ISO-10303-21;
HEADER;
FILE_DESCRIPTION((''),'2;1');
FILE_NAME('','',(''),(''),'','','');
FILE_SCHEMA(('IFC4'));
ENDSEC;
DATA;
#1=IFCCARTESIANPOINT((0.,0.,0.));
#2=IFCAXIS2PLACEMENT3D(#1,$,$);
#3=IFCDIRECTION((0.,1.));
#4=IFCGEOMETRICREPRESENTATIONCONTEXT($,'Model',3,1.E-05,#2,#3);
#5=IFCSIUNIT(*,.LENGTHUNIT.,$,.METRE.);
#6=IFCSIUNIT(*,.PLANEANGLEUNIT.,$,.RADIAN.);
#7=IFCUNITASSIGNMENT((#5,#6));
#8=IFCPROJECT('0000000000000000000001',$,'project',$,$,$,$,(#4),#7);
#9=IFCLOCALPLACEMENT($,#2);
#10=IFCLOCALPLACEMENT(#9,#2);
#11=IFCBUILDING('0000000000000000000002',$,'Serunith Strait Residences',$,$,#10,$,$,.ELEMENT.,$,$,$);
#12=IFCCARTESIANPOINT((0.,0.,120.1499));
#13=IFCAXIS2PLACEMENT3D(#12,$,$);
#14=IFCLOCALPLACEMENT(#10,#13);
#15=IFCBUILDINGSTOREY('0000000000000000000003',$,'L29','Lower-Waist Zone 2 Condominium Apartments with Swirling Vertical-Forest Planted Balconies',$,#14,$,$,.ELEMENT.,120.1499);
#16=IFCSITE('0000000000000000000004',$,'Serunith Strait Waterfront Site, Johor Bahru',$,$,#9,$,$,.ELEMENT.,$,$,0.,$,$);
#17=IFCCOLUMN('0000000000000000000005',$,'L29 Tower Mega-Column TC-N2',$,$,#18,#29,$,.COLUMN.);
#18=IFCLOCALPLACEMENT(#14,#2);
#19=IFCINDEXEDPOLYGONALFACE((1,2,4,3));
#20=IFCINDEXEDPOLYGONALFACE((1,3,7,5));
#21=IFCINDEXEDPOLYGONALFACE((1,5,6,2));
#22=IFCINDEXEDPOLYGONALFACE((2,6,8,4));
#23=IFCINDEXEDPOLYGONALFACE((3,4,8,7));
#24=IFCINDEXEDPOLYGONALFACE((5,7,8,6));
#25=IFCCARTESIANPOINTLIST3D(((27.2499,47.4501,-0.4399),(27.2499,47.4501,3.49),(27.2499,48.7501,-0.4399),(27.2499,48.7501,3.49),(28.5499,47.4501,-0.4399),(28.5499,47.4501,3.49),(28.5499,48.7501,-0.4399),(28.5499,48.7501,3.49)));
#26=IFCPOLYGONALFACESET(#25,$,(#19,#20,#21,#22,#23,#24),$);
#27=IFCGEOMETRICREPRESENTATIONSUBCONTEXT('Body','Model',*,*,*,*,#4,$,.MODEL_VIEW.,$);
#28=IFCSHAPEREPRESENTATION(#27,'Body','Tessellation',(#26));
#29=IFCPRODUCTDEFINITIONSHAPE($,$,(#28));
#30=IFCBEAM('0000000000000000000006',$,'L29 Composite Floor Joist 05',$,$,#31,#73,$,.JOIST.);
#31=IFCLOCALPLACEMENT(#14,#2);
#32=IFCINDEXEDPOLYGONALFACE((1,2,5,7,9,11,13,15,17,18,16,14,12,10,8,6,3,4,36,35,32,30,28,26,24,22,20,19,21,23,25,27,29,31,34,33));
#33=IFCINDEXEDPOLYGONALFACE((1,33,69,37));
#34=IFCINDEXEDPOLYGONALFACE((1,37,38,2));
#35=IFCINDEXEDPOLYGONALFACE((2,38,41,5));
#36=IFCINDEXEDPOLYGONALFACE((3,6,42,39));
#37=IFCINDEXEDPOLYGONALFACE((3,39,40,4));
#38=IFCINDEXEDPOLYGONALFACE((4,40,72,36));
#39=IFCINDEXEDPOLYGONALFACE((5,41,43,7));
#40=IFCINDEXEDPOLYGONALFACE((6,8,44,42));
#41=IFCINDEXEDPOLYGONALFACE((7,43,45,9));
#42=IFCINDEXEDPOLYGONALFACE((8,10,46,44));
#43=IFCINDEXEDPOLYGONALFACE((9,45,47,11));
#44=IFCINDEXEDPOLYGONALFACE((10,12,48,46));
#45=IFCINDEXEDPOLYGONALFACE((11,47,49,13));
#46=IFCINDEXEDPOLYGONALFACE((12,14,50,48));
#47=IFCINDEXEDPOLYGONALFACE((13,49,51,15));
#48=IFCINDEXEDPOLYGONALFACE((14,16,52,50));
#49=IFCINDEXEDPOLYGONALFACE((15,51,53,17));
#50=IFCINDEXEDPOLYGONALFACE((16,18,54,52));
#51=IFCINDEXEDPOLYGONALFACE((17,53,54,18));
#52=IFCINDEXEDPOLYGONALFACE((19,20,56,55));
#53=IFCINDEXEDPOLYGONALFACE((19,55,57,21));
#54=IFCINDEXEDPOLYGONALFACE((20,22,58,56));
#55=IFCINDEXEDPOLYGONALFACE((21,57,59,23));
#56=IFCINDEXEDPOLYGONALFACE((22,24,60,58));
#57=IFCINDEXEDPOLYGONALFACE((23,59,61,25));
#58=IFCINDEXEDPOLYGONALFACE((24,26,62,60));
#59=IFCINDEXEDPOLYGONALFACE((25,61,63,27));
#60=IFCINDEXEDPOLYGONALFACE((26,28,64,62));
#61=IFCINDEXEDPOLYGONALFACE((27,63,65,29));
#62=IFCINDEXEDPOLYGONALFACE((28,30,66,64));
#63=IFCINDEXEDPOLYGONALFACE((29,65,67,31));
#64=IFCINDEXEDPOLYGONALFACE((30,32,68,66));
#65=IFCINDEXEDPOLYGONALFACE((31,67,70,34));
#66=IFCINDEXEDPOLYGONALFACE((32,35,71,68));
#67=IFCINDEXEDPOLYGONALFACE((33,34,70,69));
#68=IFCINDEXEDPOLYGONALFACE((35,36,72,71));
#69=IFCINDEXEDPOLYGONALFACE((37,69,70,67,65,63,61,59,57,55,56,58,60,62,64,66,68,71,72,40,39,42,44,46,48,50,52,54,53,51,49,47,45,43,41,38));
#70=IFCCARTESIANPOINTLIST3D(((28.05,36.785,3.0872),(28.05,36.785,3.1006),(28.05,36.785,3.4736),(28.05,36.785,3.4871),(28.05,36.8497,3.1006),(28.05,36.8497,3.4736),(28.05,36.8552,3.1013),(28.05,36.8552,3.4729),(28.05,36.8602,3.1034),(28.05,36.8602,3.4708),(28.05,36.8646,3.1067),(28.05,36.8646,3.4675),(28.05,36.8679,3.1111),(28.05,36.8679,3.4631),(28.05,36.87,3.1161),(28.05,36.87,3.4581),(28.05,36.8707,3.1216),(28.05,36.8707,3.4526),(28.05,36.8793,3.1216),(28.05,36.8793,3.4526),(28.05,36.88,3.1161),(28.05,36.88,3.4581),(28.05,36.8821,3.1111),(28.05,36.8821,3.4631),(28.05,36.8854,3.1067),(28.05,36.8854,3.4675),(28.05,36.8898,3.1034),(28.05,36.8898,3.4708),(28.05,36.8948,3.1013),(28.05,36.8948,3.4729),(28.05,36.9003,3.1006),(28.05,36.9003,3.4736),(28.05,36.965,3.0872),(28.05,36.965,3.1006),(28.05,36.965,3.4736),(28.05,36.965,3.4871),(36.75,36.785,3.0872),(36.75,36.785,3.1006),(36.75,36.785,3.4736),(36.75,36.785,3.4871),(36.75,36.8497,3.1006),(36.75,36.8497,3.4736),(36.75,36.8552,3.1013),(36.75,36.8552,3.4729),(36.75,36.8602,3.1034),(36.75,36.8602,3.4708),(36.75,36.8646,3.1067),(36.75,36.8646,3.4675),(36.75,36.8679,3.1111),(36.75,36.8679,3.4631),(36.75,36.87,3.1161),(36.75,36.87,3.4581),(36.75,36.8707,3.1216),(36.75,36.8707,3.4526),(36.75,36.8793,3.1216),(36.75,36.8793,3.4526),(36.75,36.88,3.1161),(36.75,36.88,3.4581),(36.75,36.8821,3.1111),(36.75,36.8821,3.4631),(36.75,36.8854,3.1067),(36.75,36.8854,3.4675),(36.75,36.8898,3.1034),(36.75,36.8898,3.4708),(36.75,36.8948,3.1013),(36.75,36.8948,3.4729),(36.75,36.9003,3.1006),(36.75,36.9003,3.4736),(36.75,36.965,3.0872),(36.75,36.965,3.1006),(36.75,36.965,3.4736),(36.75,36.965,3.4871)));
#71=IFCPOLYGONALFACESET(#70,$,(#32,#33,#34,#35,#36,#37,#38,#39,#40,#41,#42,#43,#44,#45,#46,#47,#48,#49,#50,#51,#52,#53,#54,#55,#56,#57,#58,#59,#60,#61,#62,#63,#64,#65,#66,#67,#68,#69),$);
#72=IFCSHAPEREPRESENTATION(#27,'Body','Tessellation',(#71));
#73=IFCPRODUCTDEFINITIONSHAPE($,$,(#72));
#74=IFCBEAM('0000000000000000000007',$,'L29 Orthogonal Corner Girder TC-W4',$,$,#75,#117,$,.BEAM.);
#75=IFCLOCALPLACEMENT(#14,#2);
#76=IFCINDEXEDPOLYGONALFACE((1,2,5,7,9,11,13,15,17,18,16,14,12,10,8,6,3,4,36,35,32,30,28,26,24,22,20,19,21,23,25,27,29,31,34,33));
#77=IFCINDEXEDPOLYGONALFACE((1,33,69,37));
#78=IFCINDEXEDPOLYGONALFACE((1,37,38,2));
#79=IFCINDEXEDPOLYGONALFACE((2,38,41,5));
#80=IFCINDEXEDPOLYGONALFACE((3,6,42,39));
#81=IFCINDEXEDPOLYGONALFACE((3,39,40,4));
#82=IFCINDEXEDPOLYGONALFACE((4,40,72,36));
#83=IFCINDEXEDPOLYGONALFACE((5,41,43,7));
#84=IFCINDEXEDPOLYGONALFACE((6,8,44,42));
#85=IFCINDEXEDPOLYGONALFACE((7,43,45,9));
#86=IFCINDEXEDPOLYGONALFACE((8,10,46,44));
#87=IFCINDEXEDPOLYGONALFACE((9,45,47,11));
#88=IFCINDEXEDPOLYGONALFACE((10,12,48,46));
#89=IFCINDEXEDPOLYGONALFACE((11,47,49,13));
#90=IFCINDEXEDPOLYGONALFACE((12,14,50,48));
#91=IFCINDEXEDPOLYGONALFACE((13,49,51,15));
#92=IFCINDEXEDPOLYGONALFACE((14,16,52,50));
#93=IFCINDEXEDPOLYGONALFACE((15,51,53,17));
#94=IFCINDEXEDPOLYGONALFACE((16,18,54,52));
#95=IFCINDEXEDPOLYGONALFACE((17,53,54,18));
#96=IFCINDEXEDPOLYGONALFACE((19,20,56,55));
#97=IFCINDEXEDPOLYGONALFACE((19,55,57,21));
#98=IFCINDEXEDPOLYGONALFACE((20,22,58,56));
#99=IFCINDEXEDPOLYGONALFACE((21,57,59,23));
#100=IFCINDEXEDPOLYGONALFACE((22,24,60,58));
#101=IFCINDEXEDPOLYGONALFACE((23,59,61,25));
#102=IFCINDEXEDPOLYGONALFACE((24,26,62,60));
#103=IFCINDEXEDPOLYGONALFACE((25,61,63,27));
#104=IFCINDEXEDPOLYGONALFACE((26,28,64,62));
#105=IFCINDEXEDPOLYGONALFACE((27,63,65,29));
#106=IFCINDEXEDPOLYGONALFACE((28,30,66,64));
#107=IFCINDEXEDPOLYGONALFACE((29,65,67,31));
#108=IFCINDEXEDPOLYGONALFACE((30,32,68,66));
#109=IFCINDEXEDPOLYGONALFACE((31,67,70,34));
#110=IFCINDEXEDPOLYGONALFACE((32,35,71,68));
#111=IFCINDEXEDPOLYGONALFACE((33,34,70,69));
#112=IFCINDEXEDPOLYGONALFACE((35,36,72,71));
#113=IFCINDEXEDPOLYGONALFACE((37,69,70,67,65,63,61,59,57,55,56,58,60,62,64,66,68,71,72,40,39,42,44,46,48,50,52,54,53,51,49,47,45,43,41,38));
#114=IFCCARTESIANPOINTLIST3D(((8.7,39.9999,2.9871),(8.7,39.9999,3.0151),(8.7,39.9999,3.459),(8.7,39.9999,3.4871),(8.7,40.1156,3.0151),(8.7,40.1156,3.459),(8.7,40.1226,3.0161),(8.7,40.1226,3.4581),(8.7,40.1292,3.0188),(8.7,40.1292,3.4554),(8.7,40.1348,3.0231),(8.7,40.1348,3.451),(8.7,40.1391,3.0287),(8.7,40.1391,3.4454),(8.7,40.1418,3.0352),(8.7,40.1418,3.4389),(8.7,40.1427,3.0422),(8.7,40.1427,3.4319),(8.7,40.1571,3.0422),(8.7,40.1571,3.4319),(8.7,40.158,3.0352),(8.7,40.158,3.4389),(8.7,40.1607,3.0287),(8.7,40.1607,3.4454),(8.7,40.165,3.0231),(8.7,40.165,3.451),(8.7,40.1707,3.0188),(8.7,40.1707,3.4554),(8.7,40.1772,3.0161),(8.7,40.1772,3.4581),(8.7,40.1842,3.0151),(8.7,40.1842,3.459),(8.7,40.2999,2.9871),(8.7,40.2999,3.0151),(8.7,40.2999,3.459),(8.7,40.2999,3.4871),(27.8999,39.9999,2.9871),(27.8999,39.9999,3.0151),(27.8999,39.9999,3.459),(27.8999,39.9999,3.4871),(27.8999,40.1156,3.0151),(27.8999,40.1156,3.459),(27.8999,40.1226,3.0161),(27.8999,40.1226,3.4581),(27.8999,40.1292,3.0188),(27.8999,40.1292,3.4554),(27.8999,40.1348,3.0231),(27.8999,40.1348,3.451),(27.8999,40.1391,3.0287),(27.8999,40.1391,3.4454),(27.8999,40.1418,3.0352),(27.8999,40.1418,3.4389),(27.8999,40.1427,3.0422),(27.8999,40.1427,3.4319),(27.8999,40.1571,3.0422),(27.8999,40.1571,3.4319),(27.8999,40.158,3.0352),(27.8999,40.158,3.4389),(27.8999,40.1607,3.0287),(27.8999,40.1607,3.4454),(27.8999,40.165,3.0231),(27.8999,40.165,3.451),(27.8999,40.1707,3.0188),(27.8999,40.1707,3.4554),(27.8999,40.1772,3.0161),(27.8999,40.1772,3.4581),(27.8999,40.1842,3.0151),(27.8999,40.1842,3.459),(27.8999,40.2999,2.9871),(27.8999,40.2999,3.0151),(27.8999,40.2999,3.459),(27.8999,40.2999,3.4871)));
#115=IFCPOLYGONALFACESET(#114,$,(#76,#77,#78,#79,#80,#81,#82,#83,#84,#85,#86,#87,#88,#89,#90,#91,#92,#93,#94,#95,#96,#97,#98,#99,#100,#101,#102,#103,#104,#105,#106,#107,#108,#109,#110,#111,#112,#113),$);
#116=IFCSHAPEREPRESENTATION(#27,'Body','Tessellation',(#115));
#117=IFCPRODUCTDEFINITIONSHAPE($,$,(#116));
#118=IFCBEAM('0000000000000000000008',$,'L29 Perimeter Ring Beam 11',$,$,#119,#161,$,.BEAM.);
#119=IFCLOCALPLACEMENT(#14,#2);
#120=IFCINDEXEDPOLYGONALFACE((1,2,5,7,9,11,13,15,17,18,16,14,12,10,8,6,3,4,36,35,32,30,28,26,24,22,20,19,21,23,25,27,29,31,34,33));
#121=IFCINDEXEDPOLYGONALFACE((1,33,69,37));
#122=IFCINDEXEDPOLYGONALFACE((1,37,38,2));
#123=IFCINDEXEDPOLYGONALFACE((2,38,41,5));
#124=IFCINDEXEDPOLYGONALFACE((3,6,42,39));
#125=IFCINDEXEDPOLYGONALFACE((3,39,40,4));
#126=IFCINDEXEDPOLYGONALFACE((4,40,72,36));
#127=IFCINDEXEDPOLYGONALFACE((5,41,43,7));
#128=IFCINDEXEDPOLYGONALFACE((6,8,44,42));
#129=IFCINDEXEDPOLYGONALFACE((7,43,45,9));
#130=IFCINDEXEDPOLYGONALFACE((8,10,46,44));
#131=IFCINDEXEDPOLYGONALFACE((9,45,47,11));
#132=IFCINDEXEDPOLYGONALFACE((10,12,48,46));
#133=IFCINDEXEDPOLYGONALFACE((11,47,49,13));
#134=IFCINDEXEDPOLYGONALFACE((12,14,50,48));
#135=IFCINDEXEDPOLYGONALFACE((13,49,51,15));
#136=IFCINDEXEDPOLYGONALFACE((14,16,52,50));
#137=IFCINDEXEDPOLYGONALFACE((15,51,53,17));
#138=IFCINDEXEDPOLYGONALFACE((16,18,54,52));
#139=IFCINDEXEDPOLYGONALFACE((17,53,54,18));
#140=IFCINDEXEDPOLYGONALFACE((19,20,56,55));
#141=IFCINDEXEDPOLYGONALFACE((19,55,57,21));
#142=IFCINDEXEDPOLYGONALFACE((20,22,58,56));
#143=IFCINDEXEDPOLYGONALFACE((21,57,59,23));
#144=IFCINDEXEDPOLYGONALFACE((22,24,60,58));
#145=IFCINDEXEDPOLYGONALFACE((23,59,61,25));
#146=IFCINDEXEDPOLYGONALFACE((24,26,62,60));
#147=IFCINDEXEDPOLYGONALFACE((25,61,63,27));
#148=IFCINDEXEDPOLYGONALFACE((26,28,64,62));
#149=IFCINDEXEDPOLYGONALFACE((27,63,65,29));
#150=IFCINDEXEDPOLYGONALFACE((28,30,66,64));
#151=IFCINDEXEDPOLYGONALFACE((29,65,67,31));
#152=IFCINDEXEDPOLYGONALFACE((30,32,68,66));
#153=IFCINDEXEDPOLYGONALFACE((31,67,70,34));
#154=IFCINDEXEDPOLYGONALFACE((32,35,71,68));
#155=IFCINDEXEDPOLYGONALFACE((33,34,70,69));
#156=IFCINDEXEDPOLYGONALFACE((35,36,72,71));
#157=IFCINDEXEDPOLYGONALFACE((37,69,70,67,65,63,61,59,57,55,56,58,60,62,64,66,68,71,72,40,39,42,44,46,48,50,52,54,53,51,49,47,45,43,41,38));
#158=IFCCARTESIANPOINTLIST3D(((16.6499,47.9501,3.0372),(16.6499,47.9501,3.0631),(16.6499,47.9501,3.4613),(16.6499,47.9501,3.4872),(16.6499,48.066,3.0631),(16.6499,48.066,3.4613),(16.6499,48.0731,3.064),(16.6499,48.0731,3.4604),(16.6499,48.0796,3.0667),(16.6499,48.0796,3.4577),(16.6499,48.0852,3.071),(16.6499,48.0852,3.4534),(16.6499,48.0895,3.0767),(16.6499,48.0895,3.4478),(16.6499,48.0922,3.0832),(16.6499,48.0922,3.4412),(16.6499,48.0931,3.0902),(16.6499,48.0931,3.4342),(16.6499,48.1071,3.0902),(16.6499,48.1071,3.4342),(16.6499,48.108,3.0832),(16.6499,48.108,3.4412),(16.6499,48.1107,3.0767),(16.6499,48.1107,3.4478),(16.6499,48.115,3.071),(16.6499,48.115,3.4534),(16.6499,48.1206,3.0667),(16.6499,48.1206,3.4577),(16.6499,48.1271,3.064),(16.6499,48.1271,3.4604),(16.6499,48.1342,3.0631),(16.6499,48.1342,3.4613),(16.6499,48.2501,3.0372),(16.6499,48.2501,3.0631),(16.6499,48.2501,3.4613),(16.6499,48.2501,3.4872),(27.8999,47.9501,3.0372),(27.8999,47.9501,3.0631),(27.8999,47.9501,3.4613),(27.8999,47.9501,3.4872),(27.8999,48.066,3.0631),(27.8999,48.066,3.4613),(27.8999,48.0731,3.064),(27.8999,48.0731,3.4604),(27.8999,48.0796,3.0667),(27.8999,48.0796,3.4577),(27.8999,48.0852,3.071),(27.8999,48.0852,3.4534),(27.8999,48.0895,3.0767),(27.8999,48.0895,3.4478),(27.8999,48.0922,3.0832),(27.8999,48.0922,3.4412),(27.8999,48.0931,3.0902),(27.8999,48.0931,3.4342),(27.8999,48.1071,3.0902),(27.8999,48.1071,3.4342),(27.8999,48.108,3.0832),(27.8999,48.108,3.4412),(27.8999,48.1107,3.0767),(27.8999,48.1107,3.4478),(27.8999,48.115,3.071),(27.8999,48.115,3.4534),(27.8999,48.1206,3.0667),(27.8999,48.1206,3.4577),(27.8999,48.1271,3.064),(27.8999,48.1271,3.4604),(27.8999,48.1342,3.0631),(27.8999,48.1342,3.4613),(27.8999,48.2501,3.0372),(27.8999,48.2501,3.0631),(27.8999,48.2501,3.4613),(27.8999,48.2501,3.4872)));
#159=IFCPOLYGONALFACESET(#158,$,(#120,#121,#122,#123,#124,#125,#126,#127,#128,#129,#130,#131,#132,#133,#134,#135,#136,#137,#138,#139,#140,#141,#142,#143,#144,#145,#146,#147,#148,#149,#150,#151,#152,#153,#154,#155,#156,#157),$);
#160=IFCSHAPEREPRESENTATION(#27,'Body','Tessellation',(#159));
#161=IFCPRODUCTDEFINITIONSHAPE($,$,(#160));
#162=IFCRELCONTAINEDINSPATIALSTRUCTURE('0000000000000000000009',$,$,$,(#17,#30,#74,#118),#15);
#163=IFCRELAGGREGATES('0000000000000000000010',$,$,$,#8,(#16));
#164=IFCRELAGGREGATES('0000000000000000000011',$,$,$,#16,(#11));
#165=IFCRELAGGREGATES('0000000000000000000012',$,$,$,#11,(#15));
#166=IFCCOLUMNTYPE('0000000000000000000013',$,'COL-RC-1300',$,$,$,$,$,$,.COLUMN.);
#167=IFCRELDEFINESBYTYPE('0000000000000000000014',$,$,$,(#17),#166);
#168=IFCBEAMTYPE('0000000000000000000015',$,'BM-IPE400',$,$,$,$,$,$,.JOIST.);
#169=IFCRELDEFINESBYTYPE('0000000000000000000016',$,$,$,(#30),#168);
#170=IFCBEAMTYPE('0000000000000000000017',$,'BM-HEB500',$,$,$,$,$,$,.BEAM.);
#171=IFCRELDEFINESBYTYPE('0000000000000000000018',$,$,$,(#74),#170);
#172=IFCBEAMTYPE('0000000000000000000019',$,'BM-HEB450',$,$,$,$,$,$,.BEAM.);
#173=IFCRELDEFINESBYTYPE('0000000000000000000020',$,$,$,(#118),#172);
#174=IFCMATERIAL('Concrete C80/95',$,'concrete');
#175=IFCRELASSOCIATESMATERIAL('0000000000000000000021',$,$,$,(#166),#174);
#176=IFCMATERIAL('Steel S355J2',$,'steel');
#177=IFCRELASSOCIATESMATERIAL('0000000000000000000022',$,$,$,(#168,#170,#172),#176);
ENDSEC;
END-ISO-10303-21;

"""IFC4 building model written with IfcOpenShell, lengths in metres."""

from ifc_helpers import new_model, si_unit, direction, frame, origin, origin_2d, place, context, subcontext, project, spatial, rectangle, i_section, extrude, source, transform, mapped, material, material_profile, profile_set, type_object, element, save


model = new_model("IFC4")

# Units and contexts
model_context = context("Model", 3, precision=1e-05, world=origin(), true_north=direction((0.0, 1.0)))
body_context = subcontext(model_context, "Body", "Model", "MODEL_VIEW")
ifc_project = project(units=[si_unit("LENGTHUNIT", "METRE"), si_unit("PLANEANGLEUNIT", "RADIAN")], contexts=[model_context])

# Site, building, storey
site_placement = place(None, origin())
site = spatial("IfcSite", under=ifc_project, at=site_placement, Name="Serunith Strait Waterfront Site, Johor Bahru", CompositionType="ELEMENT", RefElevation=0.0)
building_placement = place(site_placement, origin())
building = spatial("IfcBuilding", under=site, at=building_placement, Name="Serunith Strait Residences", CompositionType="ELEMENT")
storey_placement = place(building_placement, frame((0.0, 0.0, 120.1499)))
storey = spatial("IfcBuildingStorey", under=building, at=storey_placement, Name="L29", Description="Lower-Waist Zone 2 Condominium Apartments with Swirling Vertical-Forest Planted Balconies", CompositionType="ELEMENT", Elevation=120.1499)

# Column
ifc_material_1 = material(Name="Concrete C80/95", Category="concrete")
ifc_material_profile_1 = material_profile(ifc_material_1, rectangle(XDim=1.3, YDim=1.3, at=origin_2d()), Name="RC 1300x1300")
ifc_profile_set_1 = profile_set([ifc_material_profile_1], Name="Concrete C80/95")
column_type = type_object("IfcColumnType", Name="COL-RC-1300", PredefinedType="COLUMN", material=ifc_profile_set_1)
shared_shape_1 = source(origin(), body_context, "Body", "SweptSolid", [
    extrude(rectangle(XDim=1.3, YDim=1.3, at=origin_2d()), origin(), (0.0, 0.0, 1.0), 3.9299),
])
column_placement = place(storey_placement, frame((27.8999, 48.1001, -0.4399), z_axis=(0.0, 0.0, 1.0), x_axis=(1.0, 0.0, 0.0)))
element("IfcColumn", 1, at=column_placement, inside=storey, type_object=column_type, Name="L29 Tower Mega-Column TC-N2", PredefinedType="COLUMN", context=body_context, shape_type="MappedRepresentation", body=[
    mapped(shared_shape_1, transform((0.0, 0.0, 0.0), scale=1.0)),
])

# Beams
ifc_material_2 = material(Name="Steel S355J2", Category="steel")
ifc_material_profile_2 = material_profile(ifc_material_2, i_section(OverallWidth=0.1799, OverallDepth=0.3999, WebThickness=0.0085, FlangeThickness=0.0134, FilletRadius=0.021, at=origin_2d()), Name="IPE 400")
ifc_profile_set_2 = profile_set([ifc_material_profile_2], Name="Steel S355J2")
beam_type_1 = type_object("IfcBeamType", Name="BM-IPE400", PredefinedType="JOIST", material=ifc_profile_set_2)
shared_shape_2 = source(origin(), body_context, "Body", "SweptSolid", [
    extrude(i_section(OverallWidth=0.1799, OverallDepth=0.3999, WebThickness=0.0085, FlangeThickness=0.0134, FilletRadius=0.021, at=origin_2d()), origin(), (0.0, 0.0, 1.0), 8.7),
])
beam_1_placement = place(storey_placement, frame((28.05, 36.875, 3.2871), z_axis=(1.0, 0.0, 0.0), x_axis=(0.0, 1.0, 0.0)))
element("IfcBeam", 2, at=beam_1_placement, inside=storey, type_object=beam_type_1, Name="L29 Composite Floor Joist 05", PredefinedType="JOIST", context=body_context, shape_type="MappedRepresentation", body=[
    mapped(shared_shape_2, transform((0.0, 0.0, 0.0), scale=1.0)),
])
ifc_material_profile_3 = material_profile(ifc_material_2, i_section(OverallWidth=0.3, OverallDepth=0.5, WebThickness=0.0144, FlangeThickness=0.0281, FilletRadius=0.0271, at=origin_2d()), Name="HEB 500")
ifc_profile_set_3 = profile_set([ifc_material_profile_3], Name="Steel S355J2")
beam_type_2 = type_object("IfcBeamType", Name="BM-HEB500", PredefinedType="BEAM", material=ifc_profile_set_3)
shared_shape_3 = source(origin(), body_context, "Body", "SweptSolid", [
    extrude(i_section(OverallWidth=0.3, OverallDepth=0.5, WebThickness=0.0144, FlangeThickness=0.0281, FilletRadius=0.0271, at=origin_2d()), origin(), (0.0, 0.0, 1.0), 19.2),
])
beam_2_placement = place(storey_placement, frame((27.8999, 40.1499, 3.2371), z_axis=(-1.0, 0.0, 0.0), x_axis=(0.0, -1.0, 0.0)))
element("IfcBeam", 3, at=beam_2_placement, inside=storey, type_object=beam_type_2, Name="L29 Orthogonal Corner Girder TC-W4", PredefinedType="BEAM", context=body_context, shape_type="MappedRepresentation", body=[
    mapped(shared_shape_3, transform((0.0, 0.0, 0.0), scale=1.0)),
])
ifc_material_profile_4 = material_profile(ifc_material_2, i_section(OverallWidth=0.3, OverallDepth=0.45, WebThickness=0.0139, FlangeThickness=0.0259, FilletRadius=0.0271, at=origin_2d()), Name="HEB 450")
ifc_profile_set_4 = profile_set([ifc_material_profile_4], Name="Steel S355J2")
beam_type_3 = type_object("IfcBeamType", Name="BM-HEB450", PredefinedType="BEAM", material=ifc_profile_set_4)
shared_shape_4 = source(origin(), body_context, "Body", "SweptSolid", [
    extrude(i_section(OverallWidth=0.3, OverallDepth=0.45, WebThickness=0.0139, FlangeThickness=0.0259, FilletRadius=0.0271, at=origin_2d()), origin(), (0.0, 0.0, 1.0), 11.25),
])
beam_3_placement = place(storey_placement, frame((27.8999, 48.1001, 3.2622), z_axis=(-1.0, 0.0, 0.0), x_axis=(0.0, -1.0, 0.0)))
element("IfcBeam", 4, at=beam_3_placement, inside=storey, type_object=beam_type_3, Name="L29 Perimeter Ring Beam 11", PredefinedType="BEAM", context=body_context, shape_type="MappedRepresentation", body=[
    mapped(shared_shape_4, transform((0.0, 0.0, 0.0), scale=1.0)),
])

save(model, "model.ifc")
